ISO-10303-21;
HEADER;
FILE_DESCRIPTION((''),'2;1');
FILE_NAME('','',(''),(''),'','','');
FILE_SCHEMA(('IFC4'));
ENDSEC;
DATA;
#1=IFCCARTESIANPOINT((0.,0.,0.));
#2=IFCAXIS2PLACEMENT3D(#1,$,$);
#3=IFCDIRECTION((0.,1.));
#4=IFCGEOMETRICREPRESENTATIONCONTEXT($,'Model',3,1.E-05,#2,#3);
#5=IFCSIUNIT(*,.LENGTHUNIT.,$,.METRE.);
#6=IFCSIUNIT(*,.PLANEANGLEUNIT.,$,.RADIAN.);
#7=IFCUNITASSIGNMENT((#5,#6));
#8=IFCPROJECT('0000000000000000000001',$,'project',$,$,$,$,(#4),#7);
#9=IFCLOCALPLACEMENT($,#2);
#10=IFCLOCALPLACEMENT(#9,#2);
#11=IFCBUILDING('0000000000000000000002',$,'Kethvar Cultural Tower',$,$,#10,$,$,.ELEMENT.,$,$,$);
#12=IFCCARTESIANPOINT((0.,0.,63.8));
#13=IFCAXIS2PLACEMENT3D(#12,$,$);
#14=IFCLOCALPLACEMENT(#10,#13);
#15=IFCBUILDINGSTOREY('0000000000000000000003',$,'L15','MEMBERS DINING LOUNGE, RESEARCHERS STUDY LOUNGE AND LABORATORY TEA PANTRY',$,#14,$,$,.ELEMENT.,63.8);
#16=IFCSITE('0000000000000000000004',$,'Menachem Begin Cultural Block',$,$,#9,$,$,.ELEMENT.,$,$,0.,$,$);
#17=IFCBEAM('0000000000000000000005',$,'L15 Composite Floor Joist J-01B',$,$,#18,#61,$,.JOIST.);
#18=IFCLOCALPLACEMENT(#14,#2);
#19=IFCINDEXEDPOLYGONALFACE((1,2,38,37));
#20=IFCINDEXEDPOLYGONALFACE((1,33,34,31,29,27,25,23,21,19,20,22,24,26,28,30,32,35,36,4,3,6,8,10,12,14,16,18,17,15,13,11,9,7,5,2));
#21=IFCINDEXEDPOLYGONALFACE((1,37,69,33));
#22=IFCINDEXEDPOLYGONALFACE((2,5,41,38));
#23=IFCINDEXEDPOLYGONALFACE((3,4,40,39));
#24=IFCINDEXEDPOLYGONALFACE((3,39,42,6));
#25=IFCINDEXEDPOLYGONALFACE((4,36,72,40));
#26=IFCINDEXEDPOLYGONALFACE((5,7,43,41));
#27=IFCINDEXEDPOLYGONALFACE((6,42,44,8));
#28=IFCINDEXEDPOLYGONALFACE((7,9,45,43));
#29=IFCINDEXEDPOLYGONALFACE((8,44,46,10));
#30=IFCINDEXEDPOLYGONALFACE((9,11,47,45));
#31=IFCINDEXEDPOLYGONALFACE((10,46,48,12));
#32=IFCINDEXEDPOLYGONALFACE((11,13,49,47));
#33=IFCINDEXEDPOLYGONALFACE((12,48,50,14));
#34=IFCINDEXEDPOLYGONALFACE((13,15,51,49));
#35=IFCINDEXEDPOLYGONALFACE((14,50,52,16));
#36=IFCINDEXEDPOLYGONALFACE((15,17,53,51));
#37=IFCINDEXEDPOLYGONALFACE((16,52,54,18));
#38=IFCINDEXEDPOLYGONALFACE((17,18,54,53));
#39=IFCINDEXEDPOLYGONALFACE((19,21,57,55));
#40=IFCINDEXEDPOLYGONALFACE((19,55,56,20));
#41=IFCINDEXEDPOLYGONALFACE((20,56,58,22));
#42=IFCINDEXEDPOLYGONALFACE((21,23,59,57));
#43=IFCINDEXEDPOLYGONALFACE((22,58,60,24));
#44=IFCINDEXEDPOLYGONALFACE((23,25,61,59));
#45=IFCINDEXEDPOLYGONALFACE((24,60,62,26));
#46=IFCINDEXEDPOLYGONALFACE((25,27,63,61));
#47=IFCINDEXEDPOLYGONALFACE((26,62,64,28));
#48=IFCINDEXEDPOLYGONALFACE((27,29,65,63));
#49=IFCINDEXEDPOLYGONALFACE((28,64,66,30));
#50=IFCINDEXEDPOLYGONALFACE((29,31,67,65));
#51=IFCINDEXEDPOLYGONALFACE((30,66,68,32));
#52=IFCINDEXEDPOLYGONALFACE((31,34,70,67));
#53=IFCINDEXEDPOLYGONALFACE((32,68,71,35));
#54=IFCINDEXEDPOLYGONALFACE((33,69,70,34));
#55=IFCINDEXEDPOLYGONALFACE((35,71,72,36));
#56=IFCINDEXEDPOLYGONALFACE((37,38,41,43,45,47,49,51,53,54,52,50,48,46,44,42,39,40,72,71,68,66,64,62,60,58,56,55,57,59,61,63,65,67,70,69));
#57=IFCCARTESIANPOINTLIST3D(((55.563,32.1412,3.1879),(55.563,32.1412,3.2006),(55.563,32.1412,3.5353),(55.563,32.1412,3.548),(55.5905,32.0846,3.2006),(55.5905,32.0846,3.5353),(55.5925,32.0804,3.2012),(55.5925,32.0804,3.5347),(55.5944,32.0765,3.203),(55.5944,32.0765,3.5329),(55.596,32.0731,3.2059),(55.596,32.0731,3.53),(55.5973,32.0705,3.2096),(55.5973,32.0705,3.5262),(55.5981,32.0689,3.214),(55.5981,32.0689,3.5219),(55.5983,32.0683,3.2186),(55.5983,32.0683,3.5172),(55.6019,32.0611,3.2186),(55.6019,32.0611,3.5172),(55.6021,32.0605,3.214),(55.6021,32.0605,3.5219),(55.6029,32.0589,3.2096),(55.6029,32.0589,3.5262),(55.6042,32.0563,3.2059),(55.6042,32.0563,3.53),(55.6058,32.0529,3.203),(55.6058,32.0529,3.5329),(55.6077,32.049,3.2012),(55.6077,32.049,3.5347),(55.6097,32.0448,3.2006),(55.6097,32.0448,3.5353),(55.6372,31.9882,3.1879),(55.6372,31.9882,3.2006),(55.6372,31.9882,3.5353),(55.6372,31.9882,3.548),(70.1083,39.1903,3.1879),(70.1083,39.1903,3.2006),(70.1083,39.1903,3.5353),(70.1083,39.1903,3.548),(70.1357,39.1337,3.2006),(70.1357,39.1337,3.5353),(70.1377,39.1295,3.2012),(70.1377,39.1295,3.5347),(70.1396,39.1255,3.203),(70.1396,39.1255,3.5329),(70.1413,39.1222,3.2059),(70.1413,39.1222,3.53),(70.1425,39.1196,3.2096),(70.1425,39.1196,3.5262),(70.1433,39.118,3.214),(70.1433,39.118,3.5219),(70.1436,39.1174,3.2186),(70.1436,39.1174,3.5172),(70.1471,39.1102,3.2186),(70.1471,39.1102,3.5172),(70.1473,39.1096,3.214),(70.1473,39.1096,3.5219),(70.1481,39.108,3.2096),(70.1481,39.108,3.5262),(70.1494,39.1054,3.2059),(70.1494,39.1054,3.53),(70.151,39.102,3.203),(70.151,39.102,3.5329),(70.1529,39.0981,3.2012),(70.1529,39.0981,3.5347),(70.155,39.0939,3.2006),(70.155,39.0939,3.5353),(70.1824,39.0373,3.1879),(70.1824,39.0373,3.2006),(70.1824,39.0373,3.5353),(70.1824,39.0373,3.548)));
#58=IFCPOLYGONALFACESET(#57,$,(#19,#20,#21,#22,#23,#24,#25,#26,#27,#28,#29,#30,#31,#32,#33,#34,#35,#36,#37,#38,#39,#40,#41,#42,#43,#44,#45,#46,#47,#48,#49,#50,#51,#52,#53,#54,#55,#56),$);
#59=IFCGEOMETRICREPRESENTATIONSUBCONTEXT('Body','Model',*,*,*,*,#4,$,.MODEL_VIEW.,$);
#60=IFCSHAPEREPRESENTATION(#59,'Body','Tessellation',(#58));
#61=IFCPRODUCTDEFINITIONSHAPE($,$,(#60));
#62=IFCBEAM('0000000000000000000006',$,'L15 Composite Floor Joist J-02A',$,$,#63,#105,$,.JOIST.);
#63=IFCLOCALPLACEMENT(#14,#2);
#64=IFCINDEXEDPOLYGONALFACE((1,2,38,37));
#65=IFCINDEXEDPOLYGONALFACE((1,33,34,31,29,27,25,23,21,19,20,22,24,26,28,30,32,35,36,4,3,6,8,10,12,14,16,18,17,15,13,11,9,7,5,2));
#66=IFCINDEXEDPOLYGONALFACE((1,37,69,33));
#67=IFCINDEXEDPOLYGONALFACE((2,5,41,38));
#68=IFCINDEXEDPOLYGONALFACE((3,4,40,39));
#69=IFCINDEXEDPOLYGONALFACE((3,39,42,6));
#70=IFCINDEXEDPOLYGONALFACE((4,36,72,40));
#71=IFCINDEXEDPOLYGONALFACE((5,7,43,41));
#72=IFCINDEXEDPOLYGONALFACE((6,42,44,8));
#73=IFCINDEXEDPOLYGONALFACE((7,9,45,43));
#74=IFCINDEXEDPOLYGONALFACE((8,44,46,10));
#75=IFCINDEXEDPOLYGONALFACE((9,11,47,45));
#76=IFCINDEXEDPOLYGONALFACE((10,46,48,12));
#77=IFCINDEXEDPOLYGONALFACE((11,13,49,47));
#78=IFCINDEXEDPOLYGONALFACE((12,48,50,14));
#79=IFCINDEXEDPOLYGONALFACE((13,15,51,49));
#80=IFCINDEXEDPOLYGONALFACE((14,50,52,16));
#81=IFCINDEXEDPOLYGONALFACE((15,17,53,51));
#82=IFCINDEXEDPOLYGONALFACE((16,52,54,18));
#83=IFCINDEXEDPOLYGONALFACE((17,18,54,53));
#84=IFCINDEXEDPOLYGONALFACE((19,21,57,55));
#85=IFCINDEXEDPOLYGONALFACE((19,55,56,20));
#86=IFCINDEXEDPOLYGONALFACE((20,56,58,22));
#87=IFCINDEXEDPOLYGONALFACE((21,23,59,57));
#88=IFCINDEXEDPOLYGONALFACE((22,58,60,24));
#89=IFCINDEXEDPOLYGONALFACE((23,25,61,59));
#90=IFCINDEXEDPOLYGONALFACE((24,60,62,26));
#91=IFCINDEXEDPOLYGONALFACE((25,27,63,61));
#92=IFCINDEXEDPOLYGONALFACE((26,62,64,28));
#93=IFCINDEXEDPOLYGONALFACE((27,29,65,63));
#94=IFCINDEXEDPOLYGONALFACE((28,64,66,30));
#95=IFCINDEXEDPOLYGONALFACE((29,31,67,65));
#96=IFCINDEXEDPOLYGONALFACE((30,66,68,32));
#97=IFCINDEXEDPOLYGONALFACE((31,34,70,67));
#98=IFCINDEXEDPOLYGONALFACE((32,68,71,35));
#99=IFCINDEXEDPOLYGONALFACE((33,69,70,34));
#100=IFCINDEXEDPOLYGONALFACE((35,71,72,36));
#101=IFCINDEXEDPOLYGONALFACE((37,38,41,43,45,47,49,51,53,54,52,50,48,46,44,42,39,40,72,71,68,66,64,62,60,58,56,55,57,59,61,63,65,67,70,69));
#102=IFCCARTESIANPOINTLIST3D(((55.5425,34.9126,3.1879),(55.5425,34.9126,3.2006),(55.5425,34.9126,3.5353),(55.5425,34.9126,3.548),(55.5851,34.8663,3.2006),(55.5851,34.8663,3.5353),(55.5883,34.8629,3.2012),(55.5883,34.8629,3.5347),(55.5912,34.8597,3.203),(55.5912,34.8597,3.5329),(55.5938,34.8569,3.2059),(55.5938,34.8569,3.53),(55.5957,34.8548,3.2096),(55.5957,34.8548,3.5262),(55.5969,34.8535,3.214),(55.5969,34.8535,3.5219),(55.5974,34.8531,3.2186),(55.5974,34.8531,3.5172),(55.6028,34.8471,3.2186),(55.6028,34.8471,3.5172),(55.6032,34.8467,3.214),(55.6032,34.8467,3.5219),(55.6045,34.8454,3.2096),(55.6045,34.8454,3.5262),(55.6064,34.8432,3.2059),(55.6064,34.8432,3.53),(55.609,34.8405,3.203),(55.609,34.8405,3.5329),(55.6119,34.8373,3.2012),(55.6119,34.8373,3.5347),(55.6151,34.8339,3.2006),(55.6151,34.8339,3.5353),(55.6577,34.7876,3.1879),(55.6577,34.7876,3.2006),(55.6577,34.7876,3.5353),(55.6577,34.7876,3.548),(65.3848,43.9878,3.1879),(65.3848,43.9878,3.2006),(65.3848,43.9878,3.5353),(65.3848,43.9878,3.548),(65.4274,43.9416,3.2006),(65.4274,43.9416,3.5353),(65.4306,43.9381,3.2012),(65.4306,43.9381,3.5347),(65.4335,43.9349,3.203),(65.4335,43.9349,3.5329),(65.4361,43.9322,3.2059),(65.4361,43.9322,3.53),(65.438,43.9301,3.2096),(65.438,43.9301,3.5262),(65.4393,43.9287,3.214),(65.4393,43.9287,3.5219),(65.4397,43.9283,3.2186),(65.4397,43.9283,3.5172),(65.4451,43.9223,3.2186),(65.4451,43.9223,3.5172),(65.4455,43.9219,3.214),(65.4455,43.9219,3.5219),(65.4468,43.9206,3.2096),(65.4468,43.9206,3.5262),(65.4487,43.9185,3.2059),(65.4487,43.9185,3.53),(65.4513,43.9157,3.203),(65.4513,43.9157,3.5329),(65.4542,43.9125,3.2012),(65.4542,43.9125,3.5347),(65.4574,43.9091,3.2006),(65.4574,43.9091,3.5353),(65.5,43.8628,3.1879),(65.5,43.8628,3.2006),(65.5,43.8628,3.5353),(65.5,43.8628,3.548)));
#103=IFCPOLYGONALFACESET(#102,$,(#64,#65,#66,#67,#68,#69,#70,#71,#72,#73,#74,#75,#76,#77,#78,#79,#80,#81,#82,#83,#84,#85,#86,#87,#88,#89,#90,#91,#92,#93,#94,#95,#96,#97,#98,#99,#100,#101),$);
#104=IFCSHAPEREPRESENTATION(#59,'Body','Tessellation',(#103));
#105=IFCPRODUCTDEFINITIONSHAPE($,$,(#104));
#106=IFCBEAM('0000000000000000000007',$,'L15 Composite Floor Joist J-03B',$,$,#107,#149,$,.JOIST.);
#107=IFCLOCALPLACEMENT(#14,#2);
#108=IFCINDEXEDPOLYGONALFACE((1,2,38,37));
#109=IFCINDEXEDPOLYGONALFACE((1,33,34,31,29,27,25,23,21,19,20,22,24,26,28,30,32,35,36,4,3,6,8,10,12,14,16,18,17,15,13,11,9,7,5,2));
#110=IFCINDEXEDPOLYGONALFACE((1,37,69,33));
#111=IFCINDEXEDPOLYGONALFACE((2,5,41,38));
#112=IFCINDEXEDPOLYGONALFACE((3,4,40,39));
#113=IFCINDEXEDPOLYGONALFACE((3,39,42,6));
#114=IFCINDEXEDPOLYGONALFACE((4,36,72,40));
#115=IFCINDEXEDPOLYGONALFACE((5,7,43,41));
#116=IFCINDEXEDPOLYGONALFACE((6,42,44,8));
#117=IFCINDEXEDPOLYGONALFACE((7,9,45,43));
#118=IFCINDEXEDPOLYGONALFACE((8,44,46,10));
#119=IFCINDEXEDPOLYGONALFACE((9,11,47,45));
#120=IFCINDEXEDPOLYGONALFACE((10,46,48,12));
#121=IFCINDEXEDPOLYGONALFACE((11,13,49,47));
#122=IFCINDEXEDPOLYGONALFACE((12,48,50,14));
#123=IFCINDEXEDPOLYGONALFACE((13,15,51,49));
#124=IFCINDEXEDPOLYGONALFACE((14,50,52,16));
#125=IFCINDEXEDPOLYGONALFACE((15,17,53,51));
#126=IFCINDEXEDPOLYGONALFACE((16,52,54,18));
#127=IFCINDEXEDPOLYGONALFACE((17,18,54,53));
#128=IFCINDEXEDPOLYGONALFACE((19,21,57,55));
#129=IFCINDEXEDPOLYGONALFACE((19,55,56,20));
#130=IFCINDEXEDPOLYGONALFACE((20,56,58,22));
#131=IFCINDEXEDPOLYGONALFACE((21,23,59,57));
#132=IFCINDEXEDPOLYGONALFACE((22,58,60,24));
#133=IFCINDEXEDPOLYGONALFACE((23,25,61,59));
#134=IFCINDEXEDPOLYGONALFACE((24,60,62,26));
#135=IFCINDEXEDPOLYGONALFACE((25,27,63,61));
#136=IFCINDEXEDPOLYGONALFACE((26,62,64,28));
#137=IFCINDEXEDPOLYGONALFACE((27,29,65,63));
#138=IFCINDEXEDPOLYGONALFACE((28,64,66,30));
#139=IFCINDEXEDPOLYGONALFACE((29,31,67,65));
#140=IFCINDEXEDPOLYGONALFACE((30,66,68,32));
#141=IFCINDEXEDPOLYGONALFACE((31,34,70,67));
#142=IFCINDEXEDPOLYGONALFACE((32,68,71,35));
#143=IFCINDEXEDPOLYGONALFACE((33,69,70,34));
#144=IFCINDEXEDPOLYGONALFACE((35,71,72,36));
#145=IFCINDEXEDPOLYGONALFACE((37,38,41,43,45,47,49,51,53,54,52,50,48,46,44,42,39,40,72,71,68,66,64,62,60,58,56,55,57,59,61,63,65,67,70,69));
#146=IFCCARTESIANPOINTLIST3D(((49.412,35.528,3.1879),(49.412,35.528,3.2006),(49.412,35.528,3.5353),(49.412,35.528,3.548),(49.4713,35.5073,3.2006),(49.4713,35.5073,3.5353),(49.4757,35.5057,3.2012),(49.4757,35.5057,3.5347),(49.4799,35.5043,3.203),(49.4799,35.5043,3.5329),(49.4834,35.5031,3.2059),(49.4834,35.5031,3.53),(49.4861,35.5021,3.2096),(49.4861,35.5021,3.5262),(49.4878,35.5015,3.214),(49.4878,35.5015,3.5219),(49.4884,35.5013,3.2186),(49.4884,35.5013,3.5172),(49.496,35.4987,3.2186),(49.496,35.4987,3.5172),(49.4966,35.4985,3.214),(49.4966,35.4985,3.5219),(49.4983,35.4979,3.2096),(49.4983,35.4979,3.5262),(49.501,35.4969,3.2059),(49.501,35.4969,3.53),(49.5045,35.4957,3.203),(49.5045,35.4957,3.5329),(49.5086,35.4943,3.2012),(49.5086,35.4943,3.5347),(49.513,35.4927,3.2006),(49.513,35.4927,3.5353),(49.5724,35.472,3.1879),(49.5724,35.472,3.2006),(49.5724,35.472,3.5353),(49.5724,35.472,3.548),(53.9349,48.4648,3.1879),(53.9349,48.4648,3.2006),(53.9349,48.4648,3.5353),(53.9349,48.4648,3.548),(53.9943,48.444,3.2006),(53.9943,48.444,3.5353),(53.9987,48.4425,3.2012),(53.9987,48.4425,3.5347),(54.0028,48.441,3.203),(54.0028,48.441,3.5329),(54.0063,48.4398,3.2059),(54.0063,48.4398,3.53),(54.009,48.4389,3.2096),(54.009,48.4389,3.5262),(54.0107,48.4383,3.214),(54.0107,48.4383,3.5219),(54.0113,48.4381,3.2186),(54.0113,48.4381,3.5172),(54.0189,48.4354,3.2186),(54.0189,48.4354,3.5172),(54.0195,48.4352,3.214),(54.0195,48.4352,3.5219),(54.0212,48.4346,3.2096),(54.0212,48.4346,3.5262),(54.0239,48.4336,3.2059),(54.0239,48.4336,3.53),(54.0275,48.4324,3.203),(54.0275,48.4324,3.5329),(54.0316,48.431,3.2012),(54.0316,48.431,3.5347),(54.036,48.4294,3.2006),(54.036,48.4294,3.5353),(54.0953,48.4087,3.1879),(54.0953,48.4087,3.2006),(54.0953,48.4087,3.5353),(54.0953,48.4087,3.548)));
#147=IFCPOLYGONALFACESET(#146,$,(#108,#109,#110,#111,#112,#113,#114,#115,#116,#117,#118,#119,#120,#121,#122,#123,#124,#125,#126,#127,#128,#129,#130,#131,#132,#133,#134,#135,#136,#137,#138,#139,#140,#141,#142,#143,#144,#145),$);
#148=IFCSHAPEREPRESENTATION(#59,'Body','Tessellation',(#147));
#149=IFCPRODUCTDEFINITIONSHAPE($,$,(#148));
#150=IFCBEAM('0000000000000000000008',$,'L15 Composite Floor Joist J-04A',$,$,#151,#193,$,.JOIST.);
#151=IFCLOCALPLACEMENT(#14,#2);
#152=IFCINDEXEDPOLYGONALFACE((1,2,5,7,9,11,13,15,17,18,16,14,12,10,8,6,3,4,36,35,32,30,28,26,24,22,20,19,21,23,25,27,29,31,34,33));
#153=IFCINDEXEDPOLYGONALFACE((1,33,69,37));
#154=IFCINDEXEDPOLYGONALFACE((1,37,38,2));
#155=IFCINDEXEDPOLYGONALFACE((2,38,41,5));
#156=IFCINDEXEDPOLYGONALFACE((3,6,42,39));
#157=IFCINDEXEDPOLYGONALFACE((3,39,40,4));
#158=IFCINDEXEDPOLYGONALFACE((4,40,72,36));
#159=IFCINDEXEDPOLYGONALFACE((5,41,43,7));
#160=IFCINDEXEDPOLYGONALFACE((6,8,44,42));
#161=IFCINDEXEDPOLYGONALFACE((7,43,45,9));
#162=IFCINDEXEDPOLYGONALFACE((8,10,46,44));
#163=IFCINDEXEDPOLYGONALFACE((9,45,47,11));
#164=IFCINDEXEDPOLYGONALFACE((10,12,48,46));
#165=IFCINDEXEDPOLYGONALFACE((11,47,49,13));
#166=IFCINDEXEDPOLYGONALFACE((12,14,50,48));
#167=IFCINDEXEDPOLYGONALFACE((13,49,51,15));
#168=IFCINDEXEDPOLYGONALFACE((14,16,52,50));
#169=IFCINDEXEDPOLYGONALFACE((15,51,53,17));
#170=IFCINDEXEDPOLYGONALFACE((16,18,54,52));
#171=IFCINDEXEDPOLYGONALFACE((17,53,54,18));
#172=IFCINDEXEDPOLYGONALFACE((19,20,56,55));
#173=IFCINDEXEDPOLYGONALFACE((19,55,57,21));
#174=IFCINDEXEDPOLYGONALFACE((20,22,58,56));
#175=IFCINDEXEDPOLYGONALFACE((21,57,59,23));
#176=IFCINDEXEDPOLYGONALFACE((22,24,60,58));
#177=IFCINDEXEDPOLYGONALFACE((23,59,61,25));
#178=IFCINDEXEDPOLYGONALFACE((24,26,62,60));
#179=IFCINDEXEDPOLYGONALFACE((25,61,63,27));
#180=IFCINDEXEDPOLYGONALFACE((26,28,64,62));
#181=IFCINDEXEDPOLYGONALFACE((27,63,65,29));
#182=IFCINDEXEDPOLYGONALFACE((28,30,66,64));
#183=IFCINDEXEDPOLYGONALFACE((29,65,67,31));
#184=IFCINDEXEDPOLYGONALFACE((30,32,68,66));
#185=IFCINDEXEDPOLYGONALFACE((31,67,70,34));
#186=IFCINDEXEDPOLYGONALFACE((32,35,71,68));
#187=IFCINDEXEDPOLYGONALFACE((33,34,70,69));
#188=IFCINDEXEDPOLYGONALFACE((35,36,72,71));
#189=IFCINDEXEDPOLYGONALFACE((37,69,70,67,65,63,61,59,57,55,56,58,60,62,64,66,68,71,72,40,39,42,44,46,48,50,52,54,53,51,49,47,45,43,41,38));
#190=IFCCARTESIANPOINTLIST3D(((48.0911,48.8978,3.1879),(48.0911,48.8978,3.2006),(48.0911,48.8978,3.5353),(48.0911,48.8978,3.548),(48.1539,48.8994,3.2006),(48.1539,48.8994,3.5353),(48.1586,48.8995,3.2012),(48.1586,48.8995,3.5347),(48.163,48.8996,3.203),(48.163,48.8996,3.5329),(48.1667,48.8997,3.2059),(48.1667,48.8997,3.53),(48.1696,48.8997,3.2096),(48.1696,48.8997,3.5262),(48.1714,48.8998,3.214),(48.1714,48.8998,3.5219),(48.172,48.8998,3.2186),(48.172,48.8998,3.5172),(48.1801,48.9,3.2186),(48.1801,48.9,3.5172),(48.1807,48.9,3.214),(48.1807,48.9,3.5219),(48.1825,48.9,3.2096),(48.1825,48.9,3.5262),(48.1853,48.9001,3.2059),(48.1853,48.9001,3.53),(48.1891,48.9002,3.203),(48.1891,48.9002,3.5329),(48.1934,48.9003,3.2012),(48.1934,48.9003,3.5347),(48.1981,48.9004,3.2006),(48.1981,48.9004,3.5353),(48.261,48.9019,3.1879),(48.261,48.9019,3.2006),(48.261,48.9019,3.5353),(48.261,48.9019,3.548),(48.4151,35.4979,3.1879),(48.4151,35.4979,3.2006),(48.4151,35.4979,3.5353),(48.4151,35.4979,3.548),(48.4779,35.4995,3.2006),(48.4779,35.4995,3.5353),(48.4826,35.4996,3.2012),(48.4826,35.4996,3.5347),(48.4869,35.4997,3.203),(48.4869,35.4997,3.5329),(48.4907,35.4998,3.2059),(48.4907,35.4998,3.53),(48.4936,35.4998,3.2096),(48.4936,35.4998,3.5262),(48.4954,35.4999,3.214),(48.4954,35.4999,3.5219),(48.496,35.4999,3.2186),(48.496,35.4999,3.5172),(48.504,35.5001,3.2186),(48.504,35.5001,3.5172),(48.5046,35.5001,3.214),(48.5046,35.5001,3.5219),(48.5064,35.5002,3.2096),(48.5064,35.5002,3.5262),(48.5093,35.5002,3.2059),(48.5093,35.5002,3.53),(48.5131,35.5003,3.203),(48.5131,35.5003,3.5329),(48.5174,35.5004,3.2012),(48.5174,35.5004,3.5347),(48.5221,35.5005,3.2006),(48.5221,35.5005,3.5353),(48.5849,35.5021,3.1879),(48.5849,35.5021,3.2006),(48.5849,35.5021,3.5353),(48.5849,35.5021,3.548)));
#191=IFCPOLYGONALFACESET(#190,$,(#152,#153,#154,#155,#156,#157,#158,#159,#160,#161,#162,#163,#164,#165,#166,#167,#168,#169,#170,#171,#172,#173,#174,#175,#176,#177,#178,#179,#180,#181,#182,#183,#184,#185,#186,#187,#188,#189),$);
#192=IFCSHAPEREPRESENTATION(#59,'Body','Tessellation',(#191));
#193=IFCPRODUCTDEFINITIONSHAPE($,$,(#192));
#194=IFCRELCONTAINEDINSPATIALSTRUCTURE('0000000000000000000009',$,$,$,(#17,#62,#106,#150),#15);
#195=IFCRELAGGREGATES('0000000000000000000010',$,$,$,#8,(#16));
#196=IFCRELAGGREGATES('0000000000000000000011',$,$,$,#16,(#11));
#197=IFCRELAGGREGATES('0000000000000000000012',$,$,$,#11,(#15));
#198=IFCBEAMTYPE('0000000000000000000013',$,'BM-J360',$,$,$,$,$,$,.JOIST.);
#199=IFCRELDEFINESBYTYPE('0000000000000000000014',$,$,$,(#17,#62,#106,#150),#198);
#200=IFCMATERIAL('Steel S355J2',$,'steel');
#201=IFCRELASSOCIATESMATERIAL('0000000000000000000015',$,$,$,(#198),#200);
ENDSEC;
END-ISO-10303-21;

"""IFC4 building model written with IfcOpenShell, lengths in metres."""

from ifc_helpers import new_model, si_unit, direction, frame, origin, origin_2d, place, context, subcontext, project, spatial, i_section, extrude, source, transform, mapped, material, material_profile, profile_set, type_object, element, save


model = new_model("IFC4")

# Units and contexts
model_context = context("Model", 3, precision=1e-05, world=origin(), true_north=direction((0.0, 1.0)))
body_context = subcontext(model_context, "Body", "Model", "MODEL_VIEW")
ifc_project = project(units=[si_unit("LENGTHUNIT", "METRE"), si_unit("PLANEANGLEUNIT", "RADIAN")], contexts=[model_context])

# Site, building, storey
site_placement = place(None, origin())
site = spatial("IfcSite", under=ifc_project, at=site_placement, Name="Menachem Begin Cultural Block", CompositionType="ELEMENT", RefElevation=0.0)
building_placement = place(site_placement, origin())
building = spatial("IfcBuilding", under=site, at=building_placement, Name="Kethvar Cultural Tower", CompositionType="ELEMENT")
storey_placement = place(building_placement, frame((0.0, 0.0, 63.8)))
storey = spatial("IfcBuildingStorey", under=building, at=storey_placement, Name="L15", Description="MEMBERS DINING LOUNGE, RESEARCHERS STUDY LOUNGE AND LABORATORY TEA PANTRY", CompositionType="ELEMENT", Elevation=63.8)

# Beams
ifc_material_1 = material(Name="Steel S355J2", Category="steel")
ifc_material_profile_1 = material_profile(ifc_material_1, i_section(OverallWidth=0.1699, OverallDepth=0.3601, WebThickness=0.0081, FlangeThickness=0.0127, FilletRadius=0.0181, at=origin_2d()), Name="Steel S355J2 — IPE360")
ifc_profile_set_1 = profile_set([ifc_material_profile_1], Name="Steel S355J2 — IPE360")
beam_type_1 = type_object("IfcBeamType", Name="BM-J360", PredefinedType="JOIST", material=ifc_profile_set_1)
shared_shape_1 = source(origin(), body_context, "Body", "SweptSolid", [
    extrude(i_section(OverallWidth=0.1699, OverallDepth=0.3601, WebThickness=0.0081, FlangeThickness=0.0127, FilletRadius=0.0181, at=origin_2d()), origin(), (0.0, 0.0, 1.0), 16.1633),
])
beam_1_placement = place(storey_placement, frame((55.6001, 32.0647, 3.3679), z_axis=(0.89989, 0.436117, 0.0), x_axis=(-0.436117, 0.89989, 0.0)))
element("IfcBeam", 1, at=beam_1_placement, inside=storey, type_object=beam_type_1, Name="L15 Composite Floor Joist J-01B", PredefinedType="JOIST", context=body_context, shape_type="MappedRepresentation", body=[
    mapped(shared_shape_1, transform((0.0, 0.0, 0.0), scale=1.0)),
])
shared_shape_2 = source(origin(), body_context, "Body", "SweptSolid", [
    extrude(i_section(OverallWidth=0.1699, OverallDepth=0.3601, WebThickness=0.0081, FlangeThickness=0.0127, FilletRadius=0.0181, at=origin_2d()), origin(), (0.0, 0.0, 1.0), 13.3877),
])
beam_2_placement = place(storey_placement, frame((55.6001, 34.8501, 3.3679), z_axis=(0.735175, 0.677877, 0.0), x_axis=(-0.677877, 0.735175, 0.0)))
element("IfcBeam", 2, at=beam_2_placement, inside=storey, type_object=beam_type_1, Name="L15 Composite Floor Joist J-02A", PredefinedType="JOIST", context=body_context, shape_type="MappedRepresentation", body=[
    mapped(shared_shape_2, transform((0.0, 0.0, 0.0), scale=1.0)),
])
shared_shape_3 = source(origin(), body_context, "Body", "SweptSolid", [
    extrude(i_section(OverallWidth=0.1699, OverallDepth=0.3601, WebThickness=0.0081, FlangeThickness=0.0127, FilletRadius=0.0181, at=origin_2d()), origin(), (0.0, 0.0, 1.0), 13.7046),
])
beam_3_placement = place(storey_placement, frame((49.4922, 35.5, 3.3679), z_axis=(0.330031, 0.94397, 0.0), x_axis=(-0.94397, 0.330031, 0.0)))
element("IfcBeam", 3, at=beam_3_placement, inside=storey, type_object=beam_type_1, Name="L15 Composite Floor Joist J-03B", PredefinedType="JOIST", context=body_context, shape_type="MappedRepresentation", body=[
    mapped(shared_shape_3, transform((0.0, 0.0, 0.0), scale=1.0)),
])
shared_shape_4 = source(origin(), body_context, "Body", "SweptSolid", [
    extrude(i_section(OverallWidth=0.1699, OverallDepth=0.3601, WebThickness=0.0081, FlangeThickness=0.0127, FilletRadius=0.0181, at=origin_2d()), origin(), (0.0, 0.0, 1.0), 13.4038),
])
beam_4_placement = place(storey_placement, frame((48.5, 35.5, 3.3679), z_axis=(-0.02417, 0.999708, 0.0), x_axis=(-0.999708, -0.02417, 0.0)))
element("IfcBeam", 4, at=beam_4_placement, inside=storey, type_object=beam_type_1, Name="L15 Composite Floor Joist J-04A", PredefinedType="JOIST", context=body_context, shape_type="MappedRepresentation", body=[
    mapped(shared_shape_4, transform((0.0, 0.0, 0.0), scale=1.0)),
])

save(model, "model.ifc")
